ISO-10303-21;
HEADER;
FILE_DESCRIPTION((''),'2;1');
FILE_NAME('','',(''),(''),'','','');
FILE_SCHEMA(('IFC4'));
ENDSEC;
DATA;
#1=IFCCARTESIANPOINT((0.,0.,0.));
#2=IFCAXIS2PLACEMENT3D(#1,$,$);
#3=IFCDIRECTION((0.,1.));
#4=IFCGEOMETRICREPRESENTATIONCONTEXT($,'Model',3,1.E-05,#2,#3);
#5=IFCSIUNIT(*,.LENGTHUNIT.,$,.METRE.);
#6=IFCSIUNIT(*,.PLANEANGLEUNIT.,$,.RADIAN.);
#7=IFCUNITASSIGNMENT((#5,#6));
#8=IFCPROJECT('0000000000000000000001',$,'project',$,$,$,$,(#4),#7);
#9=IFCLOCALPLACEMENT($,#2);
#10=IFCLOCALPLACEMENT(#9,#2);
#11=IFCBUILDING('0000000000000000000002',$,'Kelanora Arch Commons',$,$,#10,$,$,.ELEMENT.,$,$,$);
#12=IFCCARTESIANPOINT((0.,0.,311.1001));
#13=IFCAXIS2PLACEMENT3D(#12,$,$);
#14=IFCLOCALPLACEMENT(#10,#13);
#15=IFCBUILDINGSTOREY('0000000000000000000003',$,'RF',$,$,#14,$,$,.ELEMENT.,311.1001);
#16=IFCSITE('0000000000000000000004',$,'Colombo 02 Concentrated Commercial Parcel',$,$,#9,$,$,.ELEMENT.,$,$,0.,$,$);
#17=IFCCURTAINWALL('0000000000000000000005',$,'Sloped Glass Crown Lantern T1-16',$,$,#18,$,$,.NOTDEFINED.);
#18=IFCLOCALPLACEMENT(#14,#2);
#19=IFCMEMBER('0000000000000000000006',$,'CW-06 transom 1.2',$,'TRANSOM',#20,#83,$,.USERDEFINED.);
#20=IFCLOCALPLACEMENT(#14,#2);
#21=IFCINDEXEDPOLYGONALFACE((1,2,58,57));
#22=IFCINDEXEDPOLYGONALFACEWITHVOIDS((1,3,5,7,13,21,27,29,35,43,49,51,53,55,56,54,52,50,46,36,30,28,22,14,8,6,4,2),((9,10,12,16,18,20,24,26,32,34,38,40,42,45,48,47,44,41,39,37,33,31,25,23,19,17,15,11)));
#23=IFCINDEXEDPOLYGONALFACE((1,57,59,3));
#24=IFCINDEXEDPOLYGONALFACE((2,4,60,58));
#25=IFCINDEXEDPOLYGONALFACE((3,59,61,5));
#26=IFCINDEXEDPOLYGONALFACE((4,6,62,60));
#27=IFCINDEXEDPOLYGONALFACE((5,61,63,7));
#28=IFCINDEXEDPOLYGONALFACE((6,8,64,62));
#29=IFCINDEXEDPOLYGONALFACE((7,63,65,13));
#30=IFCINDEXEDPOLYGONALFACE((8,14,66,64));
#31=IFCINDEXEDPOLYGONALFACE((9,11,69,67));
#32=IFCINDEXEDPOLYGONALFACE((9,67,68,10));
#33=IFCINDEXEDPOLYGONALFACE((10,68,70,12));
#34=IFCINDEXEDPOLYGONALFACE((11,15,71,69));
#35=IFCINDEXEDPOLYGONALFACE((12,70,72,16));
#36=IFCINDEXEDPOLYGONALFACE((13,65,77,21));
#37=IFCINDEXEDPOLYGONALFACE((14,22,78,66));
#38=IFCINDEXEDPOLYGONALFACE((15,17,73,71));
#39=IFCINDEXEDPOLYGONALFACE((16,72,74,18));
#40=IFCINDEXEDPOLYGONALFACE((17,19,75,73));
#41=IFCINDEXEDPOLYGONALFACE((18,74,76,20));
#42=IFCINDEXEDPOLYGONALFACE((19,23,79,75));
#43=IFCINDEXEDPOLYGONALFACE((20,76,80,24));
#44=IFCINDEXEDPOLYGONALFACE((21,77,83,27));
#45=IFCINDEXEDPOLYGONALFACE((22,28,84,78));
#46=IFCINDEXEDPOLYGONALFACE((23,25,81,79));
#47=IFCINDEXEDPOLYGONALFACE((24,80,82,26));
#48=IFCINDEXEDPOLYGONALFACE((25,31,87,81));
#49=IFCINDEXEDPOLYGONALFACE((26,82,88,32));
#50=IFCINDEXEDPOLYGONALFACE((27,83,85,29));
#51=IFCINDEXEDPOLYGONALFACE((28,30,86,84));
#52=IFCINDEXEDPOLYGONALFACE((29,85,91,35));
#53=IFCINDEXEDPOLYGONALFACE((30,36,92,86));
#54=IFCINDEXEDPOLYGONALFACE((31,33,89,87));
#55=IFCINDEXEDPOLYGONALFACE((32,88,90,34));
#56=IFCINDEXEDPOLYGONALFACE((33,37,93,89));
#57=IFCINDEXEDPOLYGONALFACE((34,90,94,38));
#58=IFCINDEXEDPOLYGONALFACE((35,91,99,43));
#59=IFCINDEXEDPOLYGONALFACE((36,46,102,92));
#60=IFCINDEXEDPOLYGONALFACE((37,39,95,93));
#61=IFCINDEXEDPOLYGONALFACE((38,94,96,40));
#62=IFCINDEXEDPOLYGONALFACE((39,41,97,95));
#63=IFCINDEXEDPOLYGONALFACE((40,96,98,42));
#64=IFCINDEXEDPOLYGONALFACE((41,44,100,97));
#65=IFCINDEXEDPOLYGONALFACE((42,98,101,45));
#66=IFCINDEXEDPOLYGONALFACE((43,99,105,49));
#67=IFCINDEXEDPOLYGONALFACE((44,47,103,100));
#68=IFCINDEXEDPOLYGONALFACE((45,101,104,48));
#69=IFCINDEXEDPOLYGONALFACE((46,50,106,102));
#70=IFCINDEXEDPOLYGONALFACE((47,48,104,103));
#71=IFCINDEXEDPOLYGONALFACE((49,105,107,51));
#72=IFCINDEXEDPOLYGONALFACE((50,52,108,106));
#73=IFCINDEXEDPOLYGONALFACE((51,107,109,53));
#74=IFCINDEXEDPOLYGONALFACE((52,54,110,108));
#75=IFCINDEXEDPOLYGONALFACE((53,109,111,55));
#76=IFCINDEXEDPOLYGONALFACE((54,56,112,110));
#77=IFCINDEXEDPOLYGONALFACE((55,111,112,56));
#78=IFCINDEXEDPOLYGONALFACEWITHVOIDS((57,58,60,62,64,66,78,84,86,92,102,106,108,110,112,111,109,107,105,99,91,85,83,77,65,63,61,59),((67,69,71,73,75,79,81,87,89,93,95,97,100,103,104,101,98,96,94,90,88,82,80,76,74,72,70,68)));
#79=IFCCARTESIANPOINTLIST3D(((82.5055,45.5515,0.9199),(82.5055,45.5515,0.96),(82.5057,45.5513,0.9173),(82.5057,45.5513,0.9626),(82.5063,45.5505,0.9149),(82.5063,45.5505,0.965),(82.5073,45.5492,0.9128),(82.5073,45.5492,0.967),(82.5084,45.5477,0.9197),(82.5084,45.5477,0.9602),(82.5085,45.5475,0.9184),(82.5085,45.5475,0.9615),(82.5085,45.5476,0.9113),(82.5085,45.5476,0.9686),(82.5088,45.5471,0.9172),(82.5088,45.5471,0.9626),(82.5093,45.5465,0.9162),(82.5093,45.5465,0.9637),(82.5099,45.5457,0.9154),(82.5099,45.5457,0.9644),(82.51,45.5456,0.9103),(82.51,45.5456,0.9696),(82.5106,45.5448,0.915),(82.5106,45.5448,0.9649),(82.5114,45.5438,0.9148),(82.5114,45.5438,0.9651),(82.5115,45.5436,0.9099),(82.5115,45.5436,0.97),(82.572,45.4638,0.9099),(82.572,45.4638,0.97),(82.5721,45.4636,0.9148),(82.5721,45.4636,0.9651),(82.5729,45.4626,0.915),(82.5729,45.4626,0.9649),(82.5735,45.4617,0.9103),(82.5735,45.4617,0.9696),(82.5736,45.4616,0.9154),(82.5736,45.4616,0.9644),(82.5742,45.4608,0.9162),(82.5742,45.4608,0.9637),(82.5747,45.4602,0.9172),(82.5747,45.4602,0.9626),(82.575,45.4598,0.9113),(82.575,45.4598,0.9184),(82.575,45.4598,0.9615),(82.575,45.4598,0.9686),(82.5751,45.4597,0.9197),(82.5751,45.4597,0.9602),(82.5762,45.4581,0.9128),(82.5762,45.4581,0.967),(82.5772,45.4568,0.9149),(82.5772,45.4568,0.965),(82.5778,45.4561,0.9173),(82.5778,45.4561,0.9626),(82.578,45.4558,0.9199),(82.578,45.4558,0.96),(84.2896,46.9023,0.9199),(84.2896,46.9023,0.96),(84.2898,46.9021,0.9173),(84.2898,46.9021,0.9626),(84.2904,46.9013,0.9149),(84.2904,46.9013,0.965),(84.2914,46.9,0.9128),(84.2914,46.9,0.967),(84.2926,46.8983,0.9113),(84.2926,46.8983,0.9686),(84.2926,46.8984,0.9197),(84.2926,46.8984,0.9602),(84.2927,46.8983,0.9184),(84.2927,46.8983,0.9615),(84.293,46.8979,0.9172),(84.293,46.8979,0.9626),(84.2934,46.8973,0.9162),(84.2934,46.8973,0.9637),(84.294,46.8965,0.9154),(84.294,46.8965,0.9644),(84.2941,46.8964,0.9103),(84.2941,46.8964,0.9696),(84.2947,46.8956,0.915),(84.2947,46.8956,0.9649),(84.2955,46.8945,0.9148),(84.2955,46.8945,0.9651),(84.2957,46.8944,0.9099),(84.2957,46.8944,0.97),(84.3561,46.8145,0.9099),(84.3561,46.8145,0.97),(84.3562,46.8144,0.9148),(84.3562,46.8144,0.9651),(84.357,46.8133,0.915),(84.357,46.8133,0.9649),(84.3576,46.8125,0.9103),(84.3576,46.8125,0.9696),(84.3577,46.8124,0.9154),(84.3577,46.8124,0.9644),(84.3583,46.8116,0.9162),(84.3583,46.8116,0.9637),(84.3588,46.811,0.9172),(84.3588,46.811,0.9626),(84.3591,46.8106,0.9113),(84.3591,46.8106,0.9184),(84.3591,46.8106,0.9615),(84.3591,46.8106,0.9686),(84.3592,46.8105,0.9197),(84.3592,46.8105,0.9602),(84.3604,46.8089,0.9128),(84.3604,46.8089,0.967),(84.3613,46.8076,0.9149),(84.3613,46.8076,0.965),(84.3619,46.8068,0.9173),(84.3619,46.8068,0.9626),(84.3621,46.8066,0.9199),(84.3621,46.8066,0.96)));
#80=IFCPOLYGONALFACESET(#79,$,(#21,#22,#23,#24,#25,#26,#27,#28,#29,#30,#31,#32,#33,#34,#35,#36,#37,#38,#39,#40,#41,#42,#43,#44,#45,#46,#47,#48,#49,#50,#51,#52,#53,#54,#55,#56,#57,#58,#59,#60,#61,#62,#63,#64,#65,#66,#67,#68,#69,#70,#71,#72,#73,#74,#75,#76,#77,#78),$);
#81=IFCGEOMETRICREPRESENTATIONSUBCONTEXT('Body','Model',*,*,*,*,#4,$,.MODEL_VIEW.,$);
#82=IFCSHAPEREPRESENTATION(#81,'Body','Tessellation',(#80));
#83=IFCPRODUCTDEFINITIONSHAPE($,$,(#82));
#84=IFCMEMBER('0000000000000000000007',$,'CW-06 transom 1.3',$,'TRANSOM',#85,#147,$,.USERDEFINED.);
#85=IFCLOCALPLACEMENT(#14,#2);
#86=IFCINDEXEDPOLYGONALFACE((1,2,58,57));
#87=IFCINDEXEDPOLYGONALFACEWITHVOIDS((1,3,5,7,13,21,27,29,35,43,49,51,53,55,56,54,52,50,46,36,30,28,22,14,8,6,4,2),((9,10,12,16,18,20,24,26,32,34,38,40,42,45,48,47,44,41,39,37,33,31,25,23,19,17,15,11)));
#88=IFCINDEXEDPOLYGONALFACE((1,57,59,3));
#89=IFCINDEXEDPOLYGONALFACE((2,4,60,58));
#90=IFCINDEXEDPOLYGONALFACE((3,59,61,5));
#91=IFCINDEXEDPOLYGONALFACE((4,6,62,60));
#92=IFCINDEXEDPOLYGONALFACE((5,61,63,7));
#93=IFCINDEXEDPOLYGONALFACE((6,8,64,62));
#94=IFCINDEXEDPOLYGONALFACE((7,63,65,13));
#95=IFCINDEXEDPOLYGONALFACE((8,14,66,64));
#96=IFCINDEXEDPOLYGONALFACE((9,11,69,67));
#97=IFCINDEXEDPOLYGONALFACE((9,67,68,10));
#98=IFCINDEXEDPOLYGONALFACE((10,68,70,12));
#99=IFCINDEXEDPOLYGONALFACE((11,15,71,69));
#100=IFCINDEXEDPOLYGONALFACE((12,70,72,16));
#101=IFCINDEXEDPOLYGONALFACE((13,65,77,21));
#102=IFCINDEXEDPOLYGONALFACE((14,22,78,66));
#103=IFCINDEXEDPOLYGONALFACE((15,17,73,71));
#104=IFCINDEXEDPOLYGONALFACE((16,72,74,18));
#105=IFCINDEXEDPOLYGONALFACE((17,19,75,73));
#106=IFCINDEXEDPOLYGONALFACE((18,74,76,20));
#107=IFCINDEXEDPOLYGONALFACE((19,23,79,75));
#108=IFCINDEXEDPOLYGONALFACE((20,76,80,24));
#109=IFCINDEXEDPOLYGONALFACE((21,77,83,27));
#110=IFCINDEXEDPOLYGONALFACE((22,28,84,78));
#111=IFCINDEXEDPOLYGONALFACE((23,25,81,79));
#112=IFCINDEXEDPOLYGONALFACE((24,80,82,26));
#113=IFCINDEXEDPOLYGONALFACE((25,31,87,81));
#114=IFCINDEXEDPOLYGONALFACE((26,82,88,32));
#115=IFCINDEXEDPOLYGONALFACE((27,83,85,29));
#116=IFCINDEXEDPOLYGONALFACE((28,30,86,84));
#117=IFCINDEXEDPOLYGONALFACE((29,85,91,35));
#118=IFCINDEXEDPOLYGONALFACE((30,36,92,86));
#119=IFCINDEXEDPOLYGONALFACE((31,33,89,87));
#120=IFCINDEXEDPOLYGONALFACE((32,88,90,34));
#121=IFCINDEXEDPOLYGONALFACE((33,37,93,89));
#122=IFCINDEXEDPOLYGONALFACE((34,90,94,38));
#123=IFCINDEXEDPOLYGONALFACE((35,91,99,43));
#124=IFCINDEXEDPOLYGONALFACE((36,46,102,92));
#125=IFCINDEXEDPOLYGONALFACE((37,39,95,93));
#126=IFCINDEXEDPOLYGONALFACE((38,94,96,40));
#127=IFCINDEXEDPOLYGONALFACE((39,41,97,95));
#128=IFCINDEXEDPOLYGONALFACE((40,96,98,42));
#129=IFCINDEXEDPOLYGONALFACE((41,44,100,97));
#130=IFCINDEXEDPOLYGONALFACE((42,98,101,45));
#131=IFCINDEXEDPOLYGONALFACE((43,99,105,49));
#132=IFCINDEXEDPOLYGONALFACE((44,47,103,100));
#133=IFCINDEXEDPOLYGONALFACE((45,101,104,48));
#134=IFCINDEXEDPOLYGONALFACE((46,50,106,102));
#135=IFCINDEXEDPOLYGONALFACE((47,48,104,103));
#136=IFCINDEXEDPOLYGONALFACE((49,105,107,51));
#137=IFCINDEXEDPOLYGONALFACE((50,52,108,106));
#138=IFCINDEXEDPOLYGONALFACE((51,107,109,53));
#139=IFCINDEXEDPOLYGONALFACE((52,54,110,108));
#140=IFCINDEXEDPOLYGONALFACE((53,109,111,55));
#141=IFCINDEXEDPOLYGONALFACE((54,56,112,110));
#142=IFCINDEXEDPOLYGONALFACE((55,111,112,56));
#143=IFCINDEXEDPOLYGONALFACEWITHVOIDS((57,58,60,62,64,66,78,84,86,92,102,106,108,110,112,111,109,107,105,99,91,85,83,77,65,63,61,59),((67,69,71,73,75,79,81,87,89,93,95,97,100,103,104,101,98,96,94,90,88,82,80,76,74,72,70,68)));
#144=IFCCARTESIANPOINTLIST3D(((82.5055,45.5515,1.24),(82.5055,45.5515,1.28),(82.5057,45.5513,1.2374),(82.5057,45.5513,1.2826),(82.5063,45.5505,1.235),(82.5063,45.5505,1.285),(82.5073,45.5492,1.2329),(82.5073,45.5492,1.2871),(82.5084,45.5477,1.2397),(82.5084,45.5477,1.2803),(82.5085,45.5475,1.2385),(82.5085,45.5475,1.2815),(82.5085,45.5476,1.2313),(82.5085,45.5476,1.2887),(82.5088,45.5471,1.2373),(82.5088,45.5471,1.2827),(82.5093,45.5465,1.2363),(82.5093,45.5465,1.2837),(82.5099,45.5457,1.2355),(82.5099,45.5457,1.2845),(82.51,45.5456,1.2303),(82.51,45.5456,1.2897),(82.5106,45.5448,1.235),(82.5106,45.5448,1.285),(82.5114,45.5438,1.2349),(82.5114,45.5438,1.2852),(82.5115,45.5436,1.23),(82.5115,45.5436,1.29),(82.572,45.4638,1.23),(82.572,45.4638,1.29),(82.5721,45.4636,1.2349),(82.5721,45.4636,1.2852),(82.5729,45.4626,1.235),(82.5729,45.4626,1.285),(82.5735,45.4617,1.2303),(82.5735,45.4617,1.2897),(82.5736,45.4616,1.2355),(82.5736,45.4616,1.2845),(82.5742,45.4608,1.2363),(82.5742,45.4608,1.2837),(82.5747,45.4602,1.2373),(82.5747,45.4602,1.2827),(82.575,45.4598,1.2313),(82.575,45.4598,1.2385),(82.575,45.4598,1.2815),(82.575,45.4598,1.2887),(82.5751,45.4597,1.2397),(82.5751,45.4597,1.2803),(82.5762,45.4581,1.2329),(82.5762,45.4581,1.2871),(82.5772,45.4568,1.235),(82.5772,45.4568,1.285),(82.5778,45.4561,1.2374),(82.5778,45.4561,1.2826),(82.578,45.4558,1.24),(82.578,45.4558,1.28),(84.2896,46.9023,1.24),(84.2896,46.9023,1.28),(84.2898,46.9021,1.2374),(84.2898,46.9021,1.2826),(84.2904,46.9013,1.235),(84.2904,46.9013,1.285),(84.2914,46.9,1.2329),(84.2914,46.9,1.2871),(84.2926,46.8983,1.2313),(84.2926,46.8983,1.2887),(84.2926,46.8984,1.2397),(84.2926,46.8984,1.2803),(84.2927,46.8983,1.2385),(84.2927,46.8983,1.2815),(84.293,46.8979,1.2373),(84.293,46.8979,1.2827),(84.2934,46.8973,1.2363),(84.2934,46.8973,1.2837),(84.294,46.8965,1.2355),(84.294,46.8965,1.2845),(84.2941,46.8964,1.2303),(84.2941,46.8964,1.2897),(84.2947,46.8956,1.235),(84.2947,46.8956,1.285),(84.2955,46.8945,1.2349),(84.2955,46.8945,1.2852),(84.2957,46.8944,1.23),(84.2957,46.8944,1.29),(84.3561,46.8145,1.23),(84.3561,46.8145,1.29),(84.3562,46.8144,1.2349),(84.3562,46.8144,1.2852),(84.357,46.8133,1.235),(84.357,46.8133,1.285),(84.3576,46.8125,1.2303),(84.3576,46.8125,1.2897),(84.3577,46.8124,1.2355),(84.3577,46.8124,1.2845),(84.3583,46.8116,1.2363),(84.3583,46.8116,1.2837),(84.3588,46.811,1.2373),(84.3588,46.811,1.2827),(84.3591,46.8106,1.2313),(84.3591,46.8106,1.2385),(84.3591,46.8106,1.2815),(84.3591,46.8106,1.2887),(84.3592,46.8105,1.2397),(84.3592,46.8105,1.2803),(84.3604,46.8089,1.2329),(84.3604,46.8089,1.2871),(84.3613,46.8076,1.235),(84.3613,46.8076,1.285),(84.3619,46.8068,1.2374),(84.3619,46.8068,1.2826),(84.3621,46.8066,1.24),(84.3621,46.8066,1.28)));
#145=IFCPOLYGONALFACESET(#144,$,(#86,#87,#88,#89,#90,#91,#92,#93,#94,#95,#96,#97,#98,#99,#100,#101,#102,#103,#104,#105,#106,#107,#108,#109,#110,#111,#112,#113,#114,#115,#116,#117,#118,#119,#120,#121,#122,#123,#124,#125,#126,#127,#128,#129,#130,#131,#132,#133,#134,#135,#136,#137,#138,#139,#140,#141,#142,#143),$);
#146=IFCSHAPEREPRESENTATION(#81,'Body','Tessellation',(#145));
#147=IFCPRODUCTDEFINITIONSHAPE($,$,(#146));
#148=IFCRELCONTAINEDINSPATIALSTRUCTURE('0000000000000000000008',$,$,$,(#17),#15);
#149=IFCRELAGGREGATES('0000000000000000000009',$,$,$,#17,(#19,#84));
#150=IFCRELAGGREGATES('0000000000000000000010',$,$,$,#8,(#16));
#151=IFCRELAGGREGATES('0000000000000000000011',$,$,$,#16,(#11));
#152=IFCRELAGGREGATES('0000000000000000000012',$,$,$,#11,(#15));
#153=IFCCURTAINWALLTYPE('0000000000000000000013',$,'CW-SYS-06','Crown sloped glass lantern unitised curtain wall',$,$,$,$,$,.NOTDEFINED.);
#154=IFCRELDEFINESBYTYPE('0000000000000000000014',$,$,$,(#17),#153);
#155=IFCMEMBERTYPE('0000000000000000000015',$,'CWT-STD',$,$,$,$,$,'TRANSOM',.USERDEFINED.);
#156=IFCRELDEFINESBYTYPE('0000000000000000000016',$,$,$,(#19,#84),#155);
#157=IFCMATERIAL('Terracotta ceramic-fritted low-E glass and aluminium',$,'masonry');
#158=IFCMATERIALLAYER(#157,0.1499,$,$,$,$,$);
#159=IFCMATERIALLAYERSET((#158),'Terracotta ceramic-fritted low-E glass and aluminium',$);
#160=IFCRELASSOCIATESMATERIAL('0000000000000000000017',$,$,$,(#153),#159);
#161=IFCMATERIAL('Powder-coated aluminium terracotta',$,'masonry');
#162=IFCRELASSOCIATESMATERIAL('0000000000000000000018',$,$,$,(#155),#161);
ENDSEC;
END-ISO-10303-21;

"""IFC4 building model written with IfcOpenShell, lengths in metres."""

from ifc_helpers import new_model, si_unit, direction, frame, origin, origin_2d, place, context, subcontext, project, spatial, hollow_rectangle, extrude, material, layer, layer_set, material_profile, profile_set, type_object, element, aggregate, save


model = new_model("IFC4")

# Units and contexts
model_context = context("Model", 3, precision=1e-05, world=origin(), true_north=direction((0.0, 1.0)))
body_context = subcontext(model_context, "Body", "Model", "MODEL_VIEW")
ifc_project = project(units=[si_unit("LENGTHUNIT", "METRE"), si_unit("PLANEANGLEUNIT", "RADIAN")], contexts=[model_context])

# Site, building, storey
site_placement = place(None, origin())
site = spatial("IfcSite", under=ifc_project, at=site_placement, Name="Colombo 02 Concentrated Commercial Parcel", CompositionType="ELEMENT", RefElevation=0.0)
building_placement = place(site_placement, origin())
building = spatial("IfcBuilding", under=site, at=building_placement, Name="Kelanora Arch Commons", CompositionType="ELEMENT")
storey_placement = place(building_placement, frame((0.0, 0.0, 311.1001)))
storey = spatial("IfcBuildingStorey", under=building, at=storey_placement, Name="RF", CompositionType="ELEMENT", Elevation=311.1001)

# Shared definitions
ifc_material_1 = material(Name="Terracotta ceramic-fritted low-E glass and aluminium", Category="masonry")
ifc_layer_1 = layer(ifc_material_1, 0.1499)
ifc_layer_set_1 = layer_set([ifc_layer_1], Name="Terracotta ceramic-fritted low-E glass and aluminium")
curtain_wall_type = type_object("IfcCurtainWallType", Name="CW-SYS-06", Description="Crown sloped glass lantern unitised curtain wall", PredefinedType="NOTDEFINED", material=ifc_layer_set_1)
ifc_material_2 = material(Name="Powder-coated aluminium terracotta", Category="masonry")

# Shared definitions
ifc_material_profile_1 = material_profile(ifc_material_2, hollow_rectangle(XDim=0.1201, YDim=0.0601, WallThickness=0.0049, InnerFilletRadius=0.0049, OuterFilletRadius=0.01, at=origin_2d()), Name="CWT120x60")
ifc_profile_set_1 = profile_set([ifc_material_profile_1], Name="Powder-coated aluminium terracotta")
member_type_1 = type_object("IfcMemberType", Name="CWT-STD", ElementType="TRANSOM", PredefinedType="USERDEFINED", material=ifc_profile_set_1)

# Curtain wall, members
curtain_wall_1_placement = place(storey_placement, origin())
curtain_wall_1 = element("IfcCurtainWall", 1, at=curtain_wall_1_placement, inside=storey, type_object=curtain_wall_type, Name="Sloped Glass Crown Lantern T1-16", PredefinedType="NOTDEFINED")
member_1_placement = place(storey_placement, frame((82.5417, 45.5037, 0.9399), z_axis=(0.797269, 0.603625, 0.0), x_axis=(-0.603625, 0.797269, 0.0)))
member_1 = element("IfcMember", 2, at=member_1_placement, type_object=member_type_1, Name="CW-06 transom 1.2", ObjectType="TRANSOM", PredefinedType="USERDEFINED", context=body_context, shape_type="SweptSolid", body=[
    extrude(hollow_rectangle(XDim=0.1201, YDim=0.0601, WallThickness=0.0049, InnerFilletRadius=0.0049, OuterFilletRadius=0.01, at=origin_2d()), origin(), (0.0, 0.0, 1.0), 2.2378),
])
member_2_placement = place(storey_placement, frame((82.5417, 45.5037, 1.26), z_axis=(0.797269, 0.603625, 0.0), x_axis=(-0.603625, 0.797269, 0.0)))
member_2 = element("IfcMember", 3, at=member_2_placement, type_object=member_type_1, Name="CW-06 transom 1.3", ObjectType="TRANSOM", PredefinedType="USERDEFINED", context=body_context, shape_type="SweptSolid", body=[
    extrude(hollow_rectangle(XDim=0.1201, YDim=0.0601, WallThickness=0.0049, InnerFilletRadius=0.0049, OuterFilletRadius=0.01, at=origin_2d()), origin(), (0.0, 0.0, 1.0), 2.2378),
])

aggregate(curtain_wall_1, [member_1, member_2])

save(model, "model.ifc")
